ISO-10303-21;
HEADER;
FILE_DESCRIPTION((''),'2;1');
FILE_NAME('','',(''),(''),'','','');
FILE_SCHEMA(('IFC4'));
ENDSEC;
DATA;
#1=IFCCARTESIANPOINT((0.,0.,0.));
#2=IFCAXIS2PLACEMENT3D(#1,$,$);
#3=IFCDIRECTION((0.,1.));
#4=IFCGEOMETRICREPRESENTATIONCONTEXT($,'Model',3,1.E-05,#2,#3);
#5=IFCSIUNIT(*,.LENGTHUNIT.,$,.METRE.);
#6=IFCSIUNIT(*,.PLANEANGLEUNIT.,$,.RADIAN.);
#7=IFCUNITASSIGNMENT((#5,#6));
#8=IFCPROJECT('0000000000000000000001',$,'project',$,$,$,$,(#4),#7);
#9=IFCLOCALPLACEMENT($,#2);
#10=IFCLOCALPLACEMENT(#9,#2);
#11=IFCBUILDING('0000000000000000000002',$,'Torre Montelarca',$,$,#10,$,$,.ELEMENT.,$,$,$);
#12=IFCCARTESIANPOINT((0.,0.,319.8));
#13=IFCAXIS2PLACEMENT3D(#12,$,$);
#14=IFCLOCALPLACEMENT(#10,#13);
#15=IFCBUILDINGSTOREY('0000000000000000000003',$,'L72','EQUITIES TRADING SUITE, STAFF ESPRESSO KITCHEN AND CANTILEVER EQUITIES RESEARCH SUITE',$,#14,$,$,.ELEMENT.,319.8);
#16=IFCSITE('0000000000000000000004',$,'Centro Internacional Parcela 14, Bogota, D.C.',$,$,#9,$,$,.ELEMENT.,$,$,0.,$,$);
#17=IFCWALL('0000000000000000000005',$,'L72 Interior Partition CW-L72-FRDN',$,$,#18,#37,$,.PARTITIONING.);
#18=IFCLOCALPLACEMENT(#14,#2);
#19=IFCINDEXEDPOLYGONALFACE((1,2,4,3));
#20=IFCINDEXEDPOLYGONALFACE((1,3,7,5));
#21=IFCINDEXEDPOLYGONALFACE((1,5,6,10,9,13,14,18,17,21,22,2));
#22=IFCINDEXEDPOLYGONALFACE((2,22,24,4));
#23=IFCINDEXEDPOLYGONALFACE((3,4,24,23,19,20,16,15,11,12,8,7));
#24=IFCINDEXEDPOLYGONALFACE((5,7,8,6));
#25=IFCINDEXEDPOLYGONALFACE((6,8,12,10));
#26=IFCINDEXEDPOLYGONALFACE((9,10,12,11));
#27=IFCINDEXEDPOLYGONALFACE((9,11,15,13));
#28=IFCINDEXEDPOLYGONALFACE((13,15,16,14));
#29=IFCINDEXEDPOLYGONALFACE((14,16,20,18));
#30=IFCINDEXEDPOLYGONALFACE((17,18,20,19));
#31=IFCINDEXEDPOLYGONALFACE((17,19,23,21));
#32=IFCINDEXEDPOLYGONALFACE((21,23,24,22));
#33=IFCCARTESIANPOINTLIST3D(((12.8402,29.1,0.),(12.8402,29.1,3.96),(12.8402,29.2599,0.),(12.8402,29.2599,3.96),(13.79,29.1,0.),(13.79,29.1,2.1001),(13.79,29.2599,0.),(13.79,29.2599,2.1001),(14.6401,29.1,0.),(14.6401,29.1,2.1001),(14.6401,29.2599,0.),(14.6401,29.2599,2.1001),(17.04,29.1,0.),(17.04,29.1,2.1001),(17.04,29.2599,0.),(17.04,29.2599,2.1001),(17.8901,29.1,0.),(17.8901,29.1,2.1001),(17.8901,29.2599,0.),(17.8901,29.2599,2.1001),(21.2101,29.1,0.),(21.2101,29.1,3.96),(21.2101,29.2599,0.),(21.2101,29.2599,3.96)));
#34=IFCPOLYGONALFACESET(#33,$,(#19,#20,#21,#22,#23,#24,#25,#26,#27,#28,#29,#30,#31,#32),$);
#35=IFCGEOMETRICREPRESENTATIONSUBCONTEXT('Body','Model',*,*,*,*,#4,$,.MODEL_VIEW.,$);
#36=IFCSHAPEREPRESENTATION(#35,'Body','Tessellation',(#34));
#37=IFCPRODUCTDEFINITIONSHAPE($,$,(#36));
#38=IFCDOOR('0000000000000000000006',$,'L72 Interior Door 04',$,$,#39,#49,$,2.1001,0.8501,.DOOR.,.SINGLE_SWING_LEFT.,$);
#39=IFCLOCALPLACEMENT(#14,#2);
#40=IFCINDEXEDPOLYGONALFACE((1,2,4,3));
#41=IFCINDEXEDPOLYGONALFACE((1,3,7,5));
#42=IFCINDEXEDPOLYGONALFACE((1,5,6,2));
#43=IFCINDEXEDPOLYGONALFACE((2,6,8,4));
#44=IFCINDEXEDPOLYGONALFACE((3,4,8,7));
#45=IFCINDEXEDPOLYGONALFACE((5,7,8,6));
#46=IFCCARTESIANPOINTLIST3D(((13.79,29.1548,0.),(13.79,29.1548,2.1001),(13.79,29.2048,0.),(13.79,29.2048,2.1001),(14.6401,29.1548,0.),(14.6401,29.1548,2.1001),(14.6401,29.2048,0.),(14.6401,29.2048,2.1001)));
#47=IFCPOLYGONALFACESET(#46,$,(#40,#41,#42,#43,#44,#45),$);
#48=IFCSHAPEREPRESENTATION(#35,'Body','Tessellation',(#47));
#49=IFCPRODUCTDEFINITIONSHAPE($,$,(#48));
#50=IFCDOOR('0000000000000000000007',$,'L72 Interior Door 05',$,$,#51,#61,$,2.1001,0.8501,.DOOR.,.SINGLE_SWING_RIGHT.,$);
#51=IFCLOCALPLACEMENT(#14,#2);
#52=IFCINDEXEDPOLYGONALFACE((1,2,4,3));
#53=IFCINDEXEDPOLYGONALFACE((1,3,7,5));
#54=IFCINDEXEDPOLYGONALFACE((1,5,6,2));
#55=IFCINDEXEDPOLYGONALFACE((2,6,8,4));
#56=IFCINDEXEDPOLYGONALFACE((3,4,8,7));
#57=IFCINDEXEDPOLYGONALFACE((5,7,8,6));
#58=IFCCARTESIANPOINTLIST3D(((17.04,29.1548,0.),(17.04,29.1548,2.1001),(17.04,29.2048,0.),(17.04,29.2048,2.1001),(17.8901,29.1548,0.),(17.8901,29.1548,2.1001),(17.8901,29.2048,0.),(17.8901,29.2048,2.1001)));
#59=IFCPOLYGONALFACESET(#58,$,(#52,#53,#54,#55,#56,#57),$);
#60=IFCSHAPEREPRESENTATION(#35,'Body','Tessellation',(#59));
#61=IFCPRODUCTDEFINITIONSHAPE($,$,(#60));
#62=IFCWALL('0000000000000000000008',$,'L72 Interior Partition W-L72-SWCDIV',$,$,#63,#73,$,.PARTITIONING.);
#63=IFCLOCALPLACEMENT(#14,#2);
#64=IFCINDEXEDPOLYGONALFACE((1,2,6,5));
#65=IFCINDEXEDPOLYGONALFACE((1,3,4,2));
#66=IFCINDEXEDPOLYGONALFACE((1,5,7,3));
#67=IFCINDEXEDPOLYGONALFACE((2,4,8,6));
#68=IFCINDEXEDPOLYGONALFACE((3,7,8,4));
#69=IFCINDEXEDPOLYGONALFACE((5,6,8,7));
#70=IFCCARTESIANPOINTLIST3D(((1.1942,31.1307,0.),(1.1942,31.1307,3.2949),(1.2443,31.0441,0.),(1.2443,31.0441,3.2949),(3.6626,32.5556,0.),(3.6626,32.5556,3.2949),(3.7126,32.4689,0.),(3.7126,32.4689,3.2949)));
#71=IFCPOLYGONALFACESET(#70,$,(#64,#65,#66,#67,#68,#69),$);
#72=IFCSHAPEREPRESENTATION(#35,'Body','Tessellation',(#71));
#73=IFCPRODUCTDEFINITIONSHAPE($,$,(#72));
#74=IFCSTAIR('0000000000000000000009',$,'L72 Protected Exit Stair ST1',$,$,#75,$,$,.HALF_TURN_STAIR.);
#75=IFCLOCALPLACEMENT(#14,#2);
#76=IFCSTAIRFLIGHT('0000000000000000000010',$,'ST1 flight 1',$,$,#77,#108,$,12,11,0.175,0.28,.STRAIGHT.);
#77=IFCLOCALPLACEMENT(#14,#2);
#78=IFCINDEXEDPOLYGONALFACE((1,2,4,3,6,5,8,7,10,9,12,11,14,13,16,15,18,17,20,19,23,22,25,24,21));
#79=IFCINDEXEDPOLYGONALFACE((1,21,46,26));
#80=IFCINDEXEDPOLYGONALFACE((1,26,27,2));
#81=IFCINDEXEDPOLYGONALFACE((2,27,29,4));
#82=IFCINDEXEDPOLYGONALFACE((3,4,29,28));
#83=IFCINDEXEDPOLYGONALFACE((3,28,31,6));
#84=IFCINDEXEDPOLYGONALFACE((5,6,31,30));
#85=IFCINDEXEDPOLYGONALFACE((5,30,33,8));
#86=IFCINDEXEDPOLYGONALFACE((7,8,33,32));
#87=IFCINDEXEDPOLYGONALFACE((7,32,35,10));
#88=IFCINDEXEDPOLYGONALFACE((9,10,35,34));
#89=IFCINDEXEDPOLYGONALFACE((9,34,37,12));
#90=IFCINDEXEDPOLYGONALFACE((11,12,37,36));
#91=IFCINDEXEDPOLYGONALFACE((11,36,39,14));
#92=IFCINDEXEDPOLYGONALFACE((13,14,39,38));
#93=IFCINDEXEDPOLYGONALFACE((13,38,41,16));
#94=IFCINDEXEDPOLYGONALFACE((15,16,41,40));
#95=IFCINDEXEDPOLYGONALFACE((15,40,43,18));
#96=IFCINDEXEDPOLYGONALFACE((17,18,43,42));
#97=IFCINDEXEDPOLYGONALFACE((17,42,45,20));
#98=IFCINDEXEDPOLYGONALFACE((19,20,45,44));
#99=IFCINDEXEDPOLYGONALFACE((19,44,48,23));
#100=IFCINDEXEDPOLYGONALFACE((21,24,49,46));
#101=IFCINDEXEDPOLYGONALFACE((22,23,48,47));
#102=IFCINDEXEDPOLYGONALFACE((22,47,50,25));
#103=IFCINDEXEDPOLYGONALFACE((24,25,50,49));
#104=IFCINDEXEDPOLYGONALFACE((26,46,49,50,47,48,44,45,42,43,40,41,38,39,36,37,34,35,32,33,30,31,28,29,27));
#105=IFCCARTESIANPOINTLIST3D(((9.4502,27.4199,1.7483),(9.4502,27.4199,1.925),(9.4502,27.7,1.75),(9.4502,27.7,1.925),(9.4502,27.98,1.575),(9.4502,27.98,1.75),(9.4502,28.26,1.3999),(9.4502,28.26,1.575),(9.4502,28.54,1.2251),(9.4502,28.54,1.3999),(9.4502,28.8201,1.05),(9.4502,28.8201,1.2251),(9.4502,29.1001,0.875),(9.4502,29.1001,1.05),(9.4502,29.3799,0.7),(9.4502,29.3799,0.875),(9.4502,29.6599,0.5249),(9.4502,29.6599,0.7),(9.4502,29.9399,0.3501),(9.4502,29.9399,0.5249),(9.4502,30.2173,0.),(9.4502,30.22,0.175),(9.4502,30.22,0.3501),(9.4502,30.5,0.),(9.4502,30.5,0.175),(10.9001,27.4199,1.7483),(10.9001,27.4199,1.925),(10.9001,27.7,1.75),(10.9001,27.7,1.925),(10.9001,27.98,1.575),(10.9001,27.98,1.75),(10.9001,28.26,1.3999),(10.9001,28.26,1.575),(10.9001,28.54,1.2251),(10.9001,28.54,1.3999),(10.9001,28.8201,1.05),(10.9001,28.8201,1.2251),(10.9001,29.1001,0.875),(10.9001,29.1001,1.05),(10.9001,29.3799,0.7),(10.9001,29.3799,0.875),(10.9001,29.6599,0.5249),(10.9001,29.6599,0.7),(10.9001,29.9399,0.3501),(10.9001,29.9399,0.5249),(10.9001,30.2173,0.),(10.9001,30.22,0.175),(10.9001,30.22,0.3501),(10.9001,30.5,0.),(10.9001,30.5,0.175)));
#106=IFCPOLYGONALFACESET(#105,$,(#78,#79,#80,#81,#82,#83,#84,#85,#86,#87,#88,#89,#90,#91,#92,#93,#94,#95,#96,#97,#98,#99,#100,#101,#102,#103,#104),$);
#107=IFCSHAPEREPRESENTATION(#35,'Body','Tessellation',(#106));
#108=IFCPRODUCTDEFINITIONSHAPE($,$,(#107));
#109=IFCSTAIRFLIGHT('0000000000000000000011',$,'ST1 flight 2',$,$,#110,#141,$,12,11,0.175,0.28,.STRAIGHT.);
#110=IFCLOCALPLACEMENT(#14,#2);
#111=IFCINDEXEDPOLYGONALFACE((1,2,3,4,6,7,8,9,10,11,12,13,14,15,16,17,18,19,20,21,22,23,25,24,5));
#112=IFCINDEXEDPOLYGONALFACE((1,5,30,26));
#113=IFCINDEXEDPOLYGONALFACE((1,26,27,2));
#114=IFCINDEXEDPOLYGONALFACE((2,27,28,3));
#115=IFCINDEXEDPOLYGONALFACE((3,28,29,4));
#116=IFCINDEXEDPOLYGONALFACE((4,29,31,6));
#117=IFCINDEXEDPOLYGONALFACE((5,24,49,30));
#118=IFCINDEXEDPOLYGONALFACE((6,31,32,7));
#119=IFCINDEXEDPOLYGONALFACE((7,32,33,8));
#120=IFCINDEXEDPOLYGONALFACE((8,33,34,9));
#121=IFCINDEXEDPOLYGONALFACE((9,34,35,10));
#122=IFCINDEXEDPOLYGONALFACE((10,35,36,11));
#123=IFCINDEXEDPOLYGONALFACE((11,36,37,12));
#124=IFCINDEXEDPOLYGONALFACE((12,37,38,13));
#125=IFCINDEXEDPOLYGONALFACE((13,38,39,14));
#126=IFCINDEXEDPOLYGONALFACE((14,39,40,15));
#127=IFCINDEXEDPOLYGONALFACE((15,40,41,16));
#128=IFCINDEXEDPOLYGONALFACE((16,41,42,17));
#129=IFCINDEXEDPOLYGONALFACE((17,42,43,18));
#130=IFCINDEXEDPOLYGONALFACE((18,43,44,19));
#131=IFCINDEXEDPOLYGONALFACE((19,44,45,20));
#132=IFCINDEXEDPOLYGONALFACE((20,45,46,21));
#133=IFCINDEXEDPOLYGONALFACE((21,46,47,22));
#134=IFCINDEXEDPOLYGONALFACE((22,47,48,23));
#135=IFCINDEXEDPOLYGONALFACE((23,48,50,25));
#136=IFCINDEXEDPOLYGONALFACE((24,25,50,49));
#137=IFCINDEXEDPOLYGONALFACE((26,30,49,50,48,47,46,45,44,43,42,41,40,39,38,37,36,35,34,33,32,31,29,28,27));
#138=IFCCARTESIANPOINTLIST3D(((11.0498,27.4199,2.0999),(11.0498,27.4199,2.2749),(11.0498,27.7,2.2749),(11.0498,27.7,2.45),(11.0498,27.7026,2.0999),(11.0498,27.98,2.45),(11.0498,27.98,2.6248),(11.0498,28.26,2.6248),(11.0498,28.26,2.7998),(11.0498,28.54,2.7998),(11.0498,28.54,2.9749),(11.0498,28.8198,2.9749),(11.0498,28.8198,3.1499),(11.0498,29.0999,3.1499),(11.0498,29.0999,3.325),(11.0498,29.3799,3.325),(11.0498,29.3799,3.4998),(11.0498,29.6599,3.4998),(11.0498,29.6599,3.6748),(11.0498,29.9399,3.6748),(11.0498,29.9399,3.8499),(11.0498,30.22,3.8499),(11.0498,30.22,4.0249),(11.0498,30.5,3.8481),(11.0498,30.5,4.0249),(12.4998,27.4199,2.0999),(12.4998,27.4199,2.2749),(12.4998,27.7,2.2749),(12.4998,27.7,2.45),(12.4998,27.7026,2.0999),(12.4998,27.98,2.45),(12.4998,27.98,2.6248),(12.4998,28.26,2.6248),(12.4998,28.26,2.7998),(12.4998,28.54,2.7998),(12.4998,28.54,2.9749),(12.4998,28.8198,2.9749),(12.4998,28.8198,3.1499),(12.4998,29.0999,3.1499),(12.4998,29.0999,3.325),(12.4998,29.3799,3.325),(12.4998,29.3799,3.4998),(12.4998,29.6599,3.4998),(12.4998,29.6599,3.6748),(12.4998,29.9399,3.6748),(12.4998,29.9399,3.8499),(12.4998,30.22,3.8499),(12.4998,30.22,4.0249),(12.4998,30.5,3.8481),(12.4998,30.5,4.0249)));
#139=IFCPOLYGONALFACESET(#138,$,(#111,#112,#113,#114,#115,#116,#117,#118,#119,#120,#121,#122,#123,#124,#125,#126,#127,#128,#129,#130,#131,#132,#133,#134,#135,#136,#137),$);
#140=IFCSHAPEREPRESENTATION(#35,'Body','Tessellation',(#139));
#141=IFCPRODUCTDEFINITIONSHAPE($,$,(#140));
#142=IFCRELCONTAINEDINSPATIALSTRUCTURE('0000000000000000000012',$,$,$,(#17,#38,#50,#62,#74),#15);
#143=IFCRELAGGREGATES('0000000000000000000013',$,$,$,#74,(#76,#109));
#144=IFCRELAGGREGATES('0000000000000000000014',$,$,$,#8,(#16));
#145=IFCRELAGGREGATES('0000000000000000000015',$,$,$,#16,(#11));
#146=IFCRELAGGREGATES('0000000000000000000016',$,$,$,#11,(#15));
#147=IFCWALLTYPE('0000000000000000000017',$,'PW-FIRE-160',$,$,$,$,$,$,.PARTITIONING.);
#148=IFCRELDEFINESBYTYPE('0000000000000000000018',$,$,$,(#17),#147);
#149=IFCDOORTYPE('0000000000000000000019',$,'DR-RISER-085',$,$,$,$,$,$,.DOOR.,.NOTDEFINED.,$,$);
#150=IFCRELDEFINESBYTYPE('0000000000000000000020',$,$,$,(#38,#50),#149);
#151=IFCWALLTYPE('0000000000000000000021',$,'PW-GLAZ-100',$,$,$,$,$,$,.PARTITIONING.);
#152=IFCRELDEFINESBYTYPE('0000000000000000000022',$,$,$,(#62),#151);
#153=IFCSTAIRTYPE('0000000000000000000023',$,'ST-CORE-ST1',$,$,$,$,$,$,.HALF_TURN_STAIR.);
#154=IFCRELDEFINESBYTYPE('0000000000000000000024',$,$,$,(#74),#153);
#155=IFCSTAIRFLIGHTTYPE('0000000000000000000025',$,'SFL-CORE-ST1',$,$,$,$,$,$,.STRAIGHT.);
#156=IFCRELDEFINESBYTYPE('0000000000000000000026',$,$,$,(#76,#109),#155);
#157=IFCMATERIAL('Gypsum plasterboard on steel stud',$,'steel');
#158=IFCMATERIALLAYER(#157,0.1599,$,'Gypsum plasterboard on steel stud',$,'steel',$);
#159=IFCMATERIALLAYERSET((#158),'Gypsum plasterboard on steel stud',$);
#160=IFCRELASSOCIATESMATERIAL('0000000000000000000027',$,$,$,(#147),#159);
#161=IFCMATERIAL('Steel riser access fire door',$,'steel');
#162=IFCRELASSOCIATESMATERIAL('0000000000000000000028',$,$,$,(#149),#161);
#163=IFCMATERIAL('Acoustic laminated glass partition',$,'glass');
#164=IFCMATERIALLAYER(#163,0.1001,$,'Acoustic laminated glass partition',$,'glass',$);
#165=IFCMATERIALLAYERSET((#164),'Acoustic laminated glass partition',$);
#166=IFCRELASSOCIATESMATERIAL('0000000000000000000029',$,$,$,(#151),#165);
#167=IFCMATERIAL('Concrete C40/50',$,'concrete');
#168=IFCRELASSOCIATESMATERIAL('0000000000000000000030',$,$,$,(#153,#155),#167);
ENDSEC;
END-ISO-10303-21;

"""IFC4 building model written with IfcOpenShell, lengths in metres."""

from ifc_helpers import new_model, si_unit, direction, frame, frame_2d, origin, place, context, subcontext, project, spatial, polyline, rectangle, outline, extrude, source, transform, mapped, material, layer, layer_set, type_object, element, fill, aggregate, save


model = new_model("IFC4")

# Units and contexts
model_context = context("Model", 3, precision=1e-05, world=origin(), true_north=direction((0.0, 1.0)))
body_context = subcontext(model_context, "Body", "Model", "MODEL_VIEW")
ifc_project = project(units=[si_unit("LENGTHUNIT", "METRE"), si_unit("PLANEANGLEUNIT", "RADIAN")], contexts=[model_context])

# Site, building, storey
site_placement = place(None, origin())
site = spatial("IfcSite", under=ifc_project, at=site_placement, Name="Centro Internacional Parcela 14, Bogota, D.C.", CompositionType="ELEMENT", RefElevation=0.0)
building_placement = place(site_placement, origin())
building = spatial("IfcBuilding", under=site, at=building_placement, Name="Torre Montelarca", CompositionType="ELEMENT")
storey_placement = place(building_placement, frame((0.0, 0.0, 319.8)))
storey = spatial("IfcBuildingStorey", under=building, at=storey_placement, Name="L72", Description="EQUITIES TRADING SUITE, STAFF ESPRESSO KITCHEN AND CANTILEVER EQUITIES RESEARCH SUITE", CompositionType="ELEMENT", Elevation=319.8)

# Shared definitions
ifc_material_1 = material(Name="Concrete C40/50", Category="concrete")

# Wall, openings, doors
ifc_material_2 = material(Name="Gypsum plasterboard on steel stud", Category="steel")
ifc_layer_1 = layer(ifc_material_2, 0.1599, Name="Gypsum plasterboard on steel stud", Category="steel")
ifc_layer_set_1 = layer_set([ifc_layer_1], Name="Gypsum plasterboard on steel stud")
wall_type_1 = type_object("IfcWallType", Name="PW-FIRE-160", PredefinedType="PARTITIONING", material=ifc_layer_set_1)
wall_1_placement = place(storey_placement, frame((12.8401, 29.1799, 0.0), z_axis=(0.0, 0.0, 1.0), x_axis=(1.0, 0.0, 0.0)))
wall_1 = element("IfcWall", 1, at=wall_1_placement, inside=storey, type_object=wall_type_1, Name="L72 Interior Partition CW-L72-FRDN", PredefinedType="PARTITIONING", context=body_context, shape_type="SweptSolid", body=[
    extrude(rectangle(XDim=8.3699, YDim=0.1599, at=frame_2d((4.1851, 0.0))), origin(), (0.0, 0.0, 1.0), 3.96),
])
opening_1_placement = place(wall_1_placement, frame((0.95, 0.0, 0.0)))
opening_1 = element("IfcOpeningElement", 2, at=opening_1_placement, cuts=wall_1, PredefinedType="OPENING", context=body_context, shape_type="SweptSolid", body=[
    extrude(rectangle(XDim=0.8501, YDim=2.1001, at=frame_2d((0.425, 1.05))), frame((0.0, 0.0898, 0.0), z_axis=(0.0, -1.0, 0.0), x_axis=(1.0, 0.0, 0.0)), (0.0, 0.0, 1.0), 0.1799),
])
opening_2_placement = place(wall_1_placement, frame((4.2, 0.0, 0.0)))
opening_2 = element("IfcOpeningElement", 3, at=opening_2_placement, cuts=wall_1, PredefinedType="OPENING", context=body_context, shape_type="SweptSolid", body=[
    extrude(rectangle(XDim=0.8501, YDim=2.1001, at=frame_2d((0.425, 1.05))), frame((0.0, 0.0898, 0.0), z_axis=(0.0, -1.0, 0.0), x_axis=(1.0, 0.0, 0.0)), (0.0, 0.0, 1.0), 0.1799),
])
ifc_material_3 = material(Name="Steel riser access fire door", Category="steel")
door_type_1 = type_object("IfcDoorType", Name="DR-RISER-085", OperationType="NOTDEFINED", PredefinedType="DOOR", material=ifc_material_3)
shared_shape_1 = source(origin(), body_context, "Body", "SweptSolid", [
    extrude(rectangle(XDim=0.8501, YDim=2.1001, at=frame_2d((0.425, 1.05))), frame((0.0, 0.0249, 0.0), z_axis=(0.0, -1.0, 0.0), x_axis=(1.0, 0.0, 0.0)), (0.0, 0.0, 1.0), 0.05),
])
door_1_placement = place(opening_1_placement, origin())
door_1 = element("IfcDoor", 4, at=door_1_placement, inside=storey, type_object=door_type_1, Name="L72 Interior Door 04", OperationType="SINGLE_SWING_LEFT", OverallHeight=2.1001, OverallWidth=0.8501, PredefinedType="DOOR", context=body_context, shape_type="MappedRepresentation", body=[
    mapped(shared_shape_1, transform((0.0, 0.0, 0.0), scale=1.0)),
])
fill(opening_1, door_1)
door_2_placement = place(opening_2_placement, origin())
door_2 = element("IfcDoor", 5, at=door_2_placement, inside=storey, type_object=door_type_1, Name="L72 Interior Door 05", OperationType="SINGLE_SWING_RIGHT", OverallHeight=2.1001, OverallWidth=0.8501, PredefinedType="DOOR", context=body_context, shape_type="MappedRepresentation", body=[
    mapped(shared_shape_1, transform((0.0, 0.0, 0.0), scale=1.0)),
])
fill(opening_2, door_2)

# Wall
ifc_material_4 = material(Name="Acoustic laminated glass partition", Category="glass")
ifc_layer_2 = layer(ifc_material_4, 0.1001, Name="Acoustic laminated glass partition", Category="glass")
ifc_layer_set_2 = layer_set([ifc_layer_2], Name="Acoustic laminated glass partition")
wall_type_2 = type_object("IfcWallType", Name="PW-GLAZ-100", PredefinedType="PARTITIONING", material=ifc_layer_set_2)
wall_2_placement = place(storey_placement, frame((1.2192, 31.0874, 0.0), z_axis=(0.0, 0.0, 1.0), x_axis=(0.866063, 0.499935, 0.0)))
element("IfcWall", 6, at=wall_2_placement, inside=storey, type_object=wall_type_2, Name="L72 Interior Partition W-L72-SWCDIV", PredefinedType="PARTITIONING", context=body_context, shape_type="SweptSolid", body=[
    extrude(rectangle(XDim=2.8501, YDim=0.1001, at=frame_2d((1.425, 0.0))), origin(), (0.0, 0.0, 1.0), 3.2949),
])

# Stair, stair flights
stair_type = type_object("IfcStairType", Name="ST-CORE-ST1", PredefinedType="HALF_TURN_STAIR", material=ifc_material_1)
stair_placement = place(storey_placement, origin())
stair = element("IfcStair", 7, at=stair_placement, inside=storey, type_object=stair_type, Name="L72 Protected Exit Stair ST1", PredefinedType="HALF_TURN_STAIR")
stair_flight_type = type_object("IfcStairFlightType", Name="SFL-CORE-ST1", PredefinedType="STRAIGHT", material=ifc_material_1)
stair_flight_1_placement = place(storey_placement, frame((10.175, 30.5, 0.0), z_axis=(0.0, 0.0, 1.0), x_axis=(0.0, -1.0, 0.0)))
stair_flight_1 = element("IfcStairFlight", 8, at=stair_flight_1_placement, type_object=stair_flight_type, Name="ST1 flight 1", NumberOfRisers=12, NumberOfTreads=11, PredefinedType="STRAIGHT", RiserHeight=0.175, TreadLength=0.28, context=body_context, shape_type="SweptSolid", body=[
    extrude(outline(polyline([(0.0, 0.0), (0.0, 0.175), (0.28, 0.175), (0.28, 0.3501), (0.5601, 0.3501), (0.5601, 0.5249), (0.8401, 0.5249), (0.8401, 0.7), (1.1201, 0.7), (1.1201, 0.875), (1.3999, 0.875), (1.3999, 1.05), (1.6799, 1.05), (1.6799, 1.2251), (1.96, 1.2251), (1.96, 1.3999), (2.24, 1.3999), (2.24, 1.575), (2.52, 1.575), (2.52, 1.75), (2.8, 1.75), (2.8, 1.925), (3.0801, 1.925), (3.0801, 2.1001), (3.0801, 1.7483), (0.2827, 0.0), (0.0, 0.0)])), frame((0.0, 0.7251, 0.0), z_axis=(0.0, -1.0, 0.0), x_axis=(1.0, 0.0, 0.0)), (0.0, 0.0, 1.0), 1.45),
])
stair_flight_2_placement = place(storey_placement, frame((11.7749, 27.4199, 2.0999), z_axis=(0.0, 0.0, 1.0), x_axis=(0.0, 1.0, 0.0)))
stair_flight_2 = element("IfcStairFlight", 9, at=stair_flight_2_placement, type_object=stair_flight_type, Name="ST1 flight 2", NumberOfRisers=12, NumberOfTreads=11, PredefinedType="STRAIGHT", RiserHeight=0.175, TreadLength=0.28, context=body_context, shape_type="SweptSolid", body=[
    extrude(outline(polyline([(0.0, 0.0), (0.0, 0.175), (0.28, 0.175), (0.28, 0.3501), (0.5601, 0.3501), (0.5601, 0.5249), (0.8401, 0.5249), (0.8401, 0.7), (1.1201, 0.7), (1.1201, 0.875), (1.3999, 0.875), (1.3999, 1.05), (1.6799, 1.05), (1.6799, 1.2251), (1.96, 1.2251), (1.96, 1.3999), (2.24, 1.3999), (2.24, 1.575), (2.52, 1.575), (2.52, 1.75), (2.8, 1.75), (2.8, 1.925), (3.0801, 1.925), (3.0801, 2.1001), (3.0801, 1.7483), (0.2827, 0.0), (0.0, 0.0)])), frame((0.0, 0.7251, 0.0), z_axis=(0.0, -1.0, 0.0), x_axis=(1.0, 0.0, 0.0)), (0.0, 0.0, 1.0), 1.45),
])
aggregate(stair, [stair_flight_1, stair_flight_2])

save(model, "model.ifc")
